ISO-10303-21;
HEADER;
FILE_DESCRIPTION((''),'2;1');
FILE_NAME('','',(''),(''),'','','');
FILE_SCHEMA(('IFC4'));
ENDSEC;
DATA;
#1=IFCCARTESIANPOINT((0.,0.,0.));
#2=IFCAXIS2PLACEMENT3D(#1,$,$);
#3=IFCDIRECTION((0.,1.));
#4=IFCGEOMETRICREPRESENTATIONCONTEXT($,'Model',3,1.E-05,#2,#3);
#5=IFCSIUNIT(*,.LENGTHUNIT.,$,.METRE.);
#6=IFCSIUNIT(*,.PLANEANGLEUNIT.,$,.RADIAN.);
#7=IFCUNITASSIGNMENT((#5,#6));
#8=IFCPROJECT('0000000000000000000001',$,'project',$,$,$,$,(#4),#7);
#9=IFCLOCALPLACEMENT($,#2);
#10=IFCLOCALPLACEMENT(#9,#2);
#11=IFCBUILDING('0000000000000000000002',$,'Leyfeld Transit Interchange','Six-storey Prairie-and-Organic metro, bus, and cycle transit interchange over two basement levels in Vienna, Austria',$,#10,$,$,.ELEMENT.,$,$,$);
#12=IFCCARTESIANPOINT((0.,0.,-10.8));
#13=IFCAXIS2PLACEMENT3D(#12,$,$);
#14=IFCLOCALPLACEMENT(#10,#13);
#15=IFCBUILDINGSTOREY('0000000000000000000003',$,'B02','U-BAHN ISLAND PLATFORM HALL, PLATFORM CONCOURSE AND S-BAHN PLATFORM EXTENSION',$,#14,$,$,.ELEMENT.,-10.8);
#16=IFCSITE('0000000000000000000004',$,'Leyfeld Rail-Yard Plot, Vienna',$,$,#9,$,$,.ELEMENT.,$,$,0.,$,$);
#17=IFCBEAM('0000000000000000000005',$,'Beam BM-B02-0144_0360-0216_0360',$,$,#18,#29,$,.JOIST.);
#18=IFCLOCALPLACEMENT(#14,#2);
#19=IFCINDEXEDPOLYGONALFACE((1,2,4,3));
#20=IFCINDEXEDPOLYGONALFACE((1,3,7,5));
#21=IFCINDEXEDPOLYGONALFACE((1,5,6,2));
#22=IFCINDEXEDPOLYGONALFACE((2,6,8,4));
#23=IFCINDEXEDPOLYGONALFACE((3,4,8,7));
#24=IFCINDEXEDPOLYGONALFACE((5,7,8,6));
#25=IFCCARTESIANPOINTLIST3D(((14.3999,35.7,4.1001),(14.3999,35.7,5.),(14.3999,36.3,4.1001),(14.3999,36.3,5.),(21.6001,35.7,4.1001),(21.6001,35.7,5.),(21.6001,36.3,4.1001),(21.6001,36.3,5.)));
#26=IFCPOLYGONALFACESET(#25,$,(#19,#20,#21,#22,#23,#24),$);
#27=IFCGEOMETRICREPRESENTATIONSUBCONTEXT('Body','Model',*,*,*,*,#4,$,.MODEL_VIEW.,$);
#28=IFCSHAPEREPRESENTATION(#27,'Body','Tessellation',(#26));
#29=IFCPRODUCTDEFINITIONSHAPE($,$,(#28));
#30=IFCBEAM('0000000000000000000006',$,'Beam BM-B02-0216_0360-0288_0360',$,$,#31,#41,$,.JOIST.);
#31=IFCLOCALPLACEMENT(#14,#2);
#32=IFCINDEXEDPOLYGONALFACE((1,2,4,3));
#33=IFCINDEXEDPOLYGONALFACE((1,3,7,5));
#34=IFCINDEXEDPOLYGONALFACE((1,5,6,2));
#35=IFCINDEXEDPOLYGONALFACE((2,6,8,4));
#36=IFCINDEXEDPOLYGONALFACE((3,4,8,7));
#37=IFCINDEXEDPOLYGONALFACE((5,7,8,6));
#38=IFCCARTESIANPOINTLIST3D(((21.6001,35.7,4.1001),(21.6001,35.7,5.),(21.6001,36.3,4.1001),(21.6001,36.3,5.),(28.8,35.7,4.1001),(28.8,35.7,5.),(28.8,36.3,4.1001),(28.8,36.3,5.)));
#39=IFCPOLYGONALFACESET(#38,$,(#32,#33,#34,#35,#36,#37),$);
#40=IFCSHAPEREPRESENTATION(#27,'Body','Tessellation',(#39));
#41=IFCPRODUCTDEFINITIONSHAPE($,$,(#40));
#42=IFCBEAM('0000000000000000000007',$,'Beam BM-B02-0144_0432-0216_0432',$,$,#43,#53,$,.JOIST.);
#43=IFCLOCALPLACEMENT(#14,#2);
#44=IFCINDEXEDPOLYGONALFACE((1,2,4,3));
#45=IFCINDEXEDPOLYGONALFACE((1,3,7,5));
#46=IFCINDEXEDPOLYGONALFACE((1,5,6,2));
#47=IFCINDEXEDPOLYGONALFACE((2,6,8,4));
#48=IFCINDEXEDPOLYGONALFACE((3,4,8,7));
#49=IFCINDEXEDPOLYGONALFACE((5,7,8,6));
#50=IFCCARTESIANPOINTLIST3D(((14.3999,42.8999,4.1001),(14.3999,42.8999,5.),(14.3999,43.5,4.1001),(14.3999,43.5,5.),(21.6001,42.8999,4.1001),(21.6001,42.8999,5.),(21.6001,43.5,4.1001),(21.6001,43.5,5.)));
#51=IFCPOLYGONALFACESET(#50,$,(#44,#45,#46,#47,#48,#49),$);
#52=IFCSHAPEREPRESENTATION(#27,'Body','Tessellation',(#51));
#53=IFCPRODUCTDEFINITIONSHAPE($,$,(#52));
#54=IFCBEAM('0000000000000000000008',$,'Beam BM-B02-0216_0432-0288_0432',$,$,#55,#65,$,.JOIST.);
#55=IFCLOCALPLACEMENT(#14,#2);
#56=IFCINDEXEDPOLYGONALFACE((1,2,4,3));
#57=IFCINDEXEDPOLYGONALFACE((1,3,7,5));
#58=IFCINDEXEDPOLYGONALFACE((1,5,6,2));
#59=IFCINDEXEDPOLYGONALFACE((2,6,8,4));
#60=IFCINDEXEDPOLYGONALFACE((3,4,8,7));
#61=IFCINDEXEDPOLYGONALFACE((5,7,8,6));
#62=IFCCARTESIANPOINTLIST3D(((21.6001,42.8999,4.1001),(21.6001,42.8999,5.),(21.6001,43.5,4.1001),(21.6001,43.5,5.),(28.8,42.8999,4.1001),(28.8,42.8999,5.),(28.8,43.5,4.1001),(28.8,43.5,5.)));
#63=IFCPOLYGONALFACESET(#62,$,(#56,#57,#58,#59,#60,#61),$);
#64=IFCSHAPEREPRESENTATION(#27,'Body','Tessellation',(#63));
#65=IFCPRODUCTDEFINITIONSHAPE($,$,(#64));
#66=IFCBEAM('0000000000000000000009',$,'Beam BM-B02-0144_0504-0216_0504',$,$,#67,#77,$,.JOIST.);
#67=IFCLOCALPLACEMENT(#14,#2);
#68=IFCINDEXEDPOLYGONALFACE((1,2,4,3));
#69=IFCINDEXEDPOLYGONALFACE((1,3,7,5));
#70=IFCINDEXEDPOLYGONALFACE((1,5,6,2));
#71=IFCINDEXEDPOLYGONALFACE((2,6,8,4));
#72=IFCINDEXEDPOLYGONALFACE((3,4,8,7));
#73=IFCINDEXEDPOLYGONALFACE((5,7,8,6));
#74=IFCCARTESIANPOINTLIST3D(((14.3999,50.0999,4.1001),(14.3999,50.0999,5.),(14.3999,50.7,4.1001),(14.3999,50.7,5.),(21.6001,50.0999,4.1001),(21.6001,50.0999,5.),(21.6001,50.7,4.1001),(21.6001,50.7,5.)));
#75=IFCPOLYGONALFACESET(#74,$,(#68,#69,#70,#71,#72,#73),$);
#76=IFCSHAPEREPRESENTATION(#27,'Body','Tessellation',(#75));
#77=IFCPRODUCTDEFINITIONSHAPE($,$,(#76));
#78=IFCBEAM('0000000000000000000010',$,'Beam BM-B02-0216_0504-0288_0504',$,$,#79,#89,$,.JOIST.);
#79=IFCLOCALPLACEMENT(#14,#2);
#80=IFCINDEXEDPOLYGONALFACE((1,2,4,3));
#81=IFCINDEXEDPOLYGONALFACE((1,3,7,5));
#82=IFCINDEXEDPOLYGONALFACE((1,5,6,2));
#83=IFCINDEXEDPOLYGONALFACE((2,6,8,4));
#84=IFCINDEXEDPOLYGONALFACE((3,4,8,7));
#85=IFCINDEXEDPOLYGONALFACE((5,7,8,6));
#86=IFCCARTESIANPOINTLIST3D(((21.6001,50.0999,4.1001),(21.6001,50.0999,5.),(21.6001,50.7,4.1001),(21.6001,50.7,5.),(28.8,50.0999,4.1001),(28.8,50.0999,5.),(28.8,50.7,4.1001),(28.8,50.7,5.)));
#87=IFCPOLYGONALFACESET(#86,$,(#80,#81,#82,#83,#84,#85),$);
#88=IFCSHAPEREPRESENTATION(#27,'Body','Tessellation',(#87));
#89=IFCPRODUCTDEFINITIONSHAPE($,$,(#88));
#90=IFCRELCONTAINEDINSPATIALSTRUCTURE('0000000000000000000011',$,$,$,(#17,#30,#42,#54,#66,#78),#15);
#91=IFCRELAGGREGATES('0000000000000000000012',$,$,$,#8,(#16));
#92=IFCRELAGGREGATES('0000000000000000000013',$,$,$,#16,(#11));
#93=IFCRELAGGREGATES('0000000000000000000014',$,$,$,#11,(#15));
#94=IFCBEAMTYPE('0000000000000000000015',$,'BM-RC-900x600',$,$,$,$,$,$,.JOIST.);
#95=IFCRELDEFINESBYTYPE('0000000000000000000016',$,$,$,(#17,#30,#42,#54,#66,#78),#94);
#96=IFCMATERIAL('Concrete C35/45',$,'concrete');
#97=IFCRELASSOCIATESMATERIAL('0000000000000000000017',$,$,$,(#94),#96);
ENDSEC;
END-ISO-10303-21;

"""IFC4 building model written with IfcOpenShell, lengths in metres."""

from ifc_helpers import new_model, si_unit, direction, frame, origin, origin_2d, place, context, subcontext, project, spatial, rectangle, extrude, material, material_profile, profile_set, type_object, element, save


model = new_model("IFC4")

# Units and contexts
model_context = context("Model", 3, precision=1e-05, world=origin(), true_north=direction((0.0, 1.0)))
body_context = subcontext(model_context, "Body", "Model", "MODEL_VIEW")
ifc_project = project(units=[si_unit("LENGTHUNIT", "METRE"), si_unit("PLANEANGLEUNIT", "RADIAN")], contexts=[model_context])

# Site, building, storey
site_placement = place(None, origin())
site = spatial("IfcSite", under=ifc_project, at=site_placement, Name="Leyfeld Rail-Yard Plot, Vienna", CompositionType="ELEMENT", RefElevation=0.0)
building_placement = place(site_placement, origin())
building = spatial("IfcBuilding", under=site, at=building_placement, Name="Leyfeld Transit Interchange", Description="Six-storey Prairie-and-Organic metro, bus, and cycle transit interchange over two basement levels in Vienna, Austria", CompositionType="ELEMENT")
storey_placement = place(building_placement, frame((0.0, 0.0, -10.8)))
storey = spatial("IfcBuildingStorey", under=building, at=storey_placement, Name="B02", Description="U-BAHN ISLAND PLATFORM HALL, PLATFORM CONCOURSE AND S-BAHN PLATFORM EXTENSION", CompositionType="ELEMENT", Elevation=-10.8)

# Shared definitions
ifc_material = material(Name="Concrete C35/45", Category="concrete")

# Beams
ifc_material_profile_1 = material_profile(ifc_material, rectangle(XDim=0.6001, YDim=0.8999, at=origin_2d()), Name="RC 900x600")
ifc_profile_set_1 = profile_set([ifc_material_profile_1], Name="Concrete C35/45")
beam_type_1 = type_object("IfcBeamType", Name="BM-RC-900x600", PredefinedType="JOIST", material=ifc_profile_set_1)
beam_1_placement = place(storey_placement, frame((14.3999, 36.0, 4.55), z_axis=(1.0, 0.0, 0.0), x_axis=(0.0, 1.0, 0.0)))
element("IfcBeam", 1, at=beam_1_placement, inside=storey, type_object=beam_type_1, Name="Beam BM-B02-0144_0360-0216_0360", PredefinedType="JOIST", context=body_context, shape_type="SweptSolid", body=[
    extrude(rectangle(XDim=0.6001, YDim=0.8999, at=origin_2d()), origin(), (0.0, 0.0, 1.0), 7.2002),
])
beam_2_placement = place(storey_placement, frame((21.6001, 36.0, 4.55), z_axis=(1.0, 0.0, 0.0), x_axis=(0.0, 1.0, 0.0)))
element("IfcBeam", 2, at=beam_2_placement, inside=storey, type_object=beam_type_1, Name="Beam BM-B02-0216_0360-0288_0360", PredefinedType="JOIST", context=body_context, shape_type="SweptSolid", body=[
    extrude(rectangle(XDim=0.6001, YDim=0.8999, at=origin_2d()), origin(), (0.0, 0.0, 1.0), 7.2),
])
beam_3_placement = place(storey_placement, frame((14.3999, 43.2, 4.55), z_axis=(1.0, 0.0, 0.0), x_axis=(0.0, 1.0, 0.0)))
element("IfcBeam", 3, at=beam_3_placement, inside=storey, type_object=beam_type_1, Name="Beam BM-B02-0144_0432-0216_0432", PredefinedType="JOIST", context=body_context, shape_type="SweptSolid", body=[
    extrude(rectangle(XDim=0.6001, YDim=0.8999, at=origin_2d()), origin(), (0.0, 0.0, 1.0), 7.2002),
])
beam_4_placement = place(storey_placement, frame((21.6001, 43.2, 4.55), z_axis=(1.0, 0.0, 0.0), x_axis=(0.0, 1.0, 0.0)))
element("IfcBeam", 4, at=beam_4_placement, inside=storey, type_object=beam_type_1, Name="Beam BM-B02-0216_0432-0288_0432", PredefinedType="JOIST", context=body_context, shape_type="SweptSolid", body=[
    extrude(rectangle(XDim=0.6001, YDim=0.8999, at=origin_2d()), origin(), (0.0, 0.0, 1.0), 7.2),
])
beam_5_placement = place(storey_placement, frame((14.3999, 50.3999, 4.55), z_axis=(1.0, 0.0, 0.0), x_axis=(0.0, 1.0, 0.0)))
element("IfcBeam", 5, at=beam_5_placement, inside=storey, type_object=beam_type_1, Name="Beam BM-B02-0144_0504-0216_0504", PredefinedType="JOIST", context=body_context, shape_type="SweptSolid", body=[
    extrude(rectangle(XDim=0.6001, YDim=0.8999, at=origin_2d()), origin(), (0.0, 0.0, 1.0), 7.2002),
])
beam_6_placement = place(storey_placement, frame((21.6001, 50.3999, 4.55), z_axis=(1.0, 0.0, 0.0), x_axis=(0.0, 1.0, 0.0)))
element("IfcBeam", 6, at=beam_6_placement, inside=storey, type_object=beam_type_1, Name="Beam BM-B02-0216_0504-0288_0504", PredefinedType="JOIST", context=body_context, shape_type="SweptSolid", body=[
    extrude(rectangle(XDim=0.6001, YDim=0.8999, at=origin_2d()), origin(), (0.0, 0.0, 1.0), 7.2),
])

save(model, "model.ifc")
